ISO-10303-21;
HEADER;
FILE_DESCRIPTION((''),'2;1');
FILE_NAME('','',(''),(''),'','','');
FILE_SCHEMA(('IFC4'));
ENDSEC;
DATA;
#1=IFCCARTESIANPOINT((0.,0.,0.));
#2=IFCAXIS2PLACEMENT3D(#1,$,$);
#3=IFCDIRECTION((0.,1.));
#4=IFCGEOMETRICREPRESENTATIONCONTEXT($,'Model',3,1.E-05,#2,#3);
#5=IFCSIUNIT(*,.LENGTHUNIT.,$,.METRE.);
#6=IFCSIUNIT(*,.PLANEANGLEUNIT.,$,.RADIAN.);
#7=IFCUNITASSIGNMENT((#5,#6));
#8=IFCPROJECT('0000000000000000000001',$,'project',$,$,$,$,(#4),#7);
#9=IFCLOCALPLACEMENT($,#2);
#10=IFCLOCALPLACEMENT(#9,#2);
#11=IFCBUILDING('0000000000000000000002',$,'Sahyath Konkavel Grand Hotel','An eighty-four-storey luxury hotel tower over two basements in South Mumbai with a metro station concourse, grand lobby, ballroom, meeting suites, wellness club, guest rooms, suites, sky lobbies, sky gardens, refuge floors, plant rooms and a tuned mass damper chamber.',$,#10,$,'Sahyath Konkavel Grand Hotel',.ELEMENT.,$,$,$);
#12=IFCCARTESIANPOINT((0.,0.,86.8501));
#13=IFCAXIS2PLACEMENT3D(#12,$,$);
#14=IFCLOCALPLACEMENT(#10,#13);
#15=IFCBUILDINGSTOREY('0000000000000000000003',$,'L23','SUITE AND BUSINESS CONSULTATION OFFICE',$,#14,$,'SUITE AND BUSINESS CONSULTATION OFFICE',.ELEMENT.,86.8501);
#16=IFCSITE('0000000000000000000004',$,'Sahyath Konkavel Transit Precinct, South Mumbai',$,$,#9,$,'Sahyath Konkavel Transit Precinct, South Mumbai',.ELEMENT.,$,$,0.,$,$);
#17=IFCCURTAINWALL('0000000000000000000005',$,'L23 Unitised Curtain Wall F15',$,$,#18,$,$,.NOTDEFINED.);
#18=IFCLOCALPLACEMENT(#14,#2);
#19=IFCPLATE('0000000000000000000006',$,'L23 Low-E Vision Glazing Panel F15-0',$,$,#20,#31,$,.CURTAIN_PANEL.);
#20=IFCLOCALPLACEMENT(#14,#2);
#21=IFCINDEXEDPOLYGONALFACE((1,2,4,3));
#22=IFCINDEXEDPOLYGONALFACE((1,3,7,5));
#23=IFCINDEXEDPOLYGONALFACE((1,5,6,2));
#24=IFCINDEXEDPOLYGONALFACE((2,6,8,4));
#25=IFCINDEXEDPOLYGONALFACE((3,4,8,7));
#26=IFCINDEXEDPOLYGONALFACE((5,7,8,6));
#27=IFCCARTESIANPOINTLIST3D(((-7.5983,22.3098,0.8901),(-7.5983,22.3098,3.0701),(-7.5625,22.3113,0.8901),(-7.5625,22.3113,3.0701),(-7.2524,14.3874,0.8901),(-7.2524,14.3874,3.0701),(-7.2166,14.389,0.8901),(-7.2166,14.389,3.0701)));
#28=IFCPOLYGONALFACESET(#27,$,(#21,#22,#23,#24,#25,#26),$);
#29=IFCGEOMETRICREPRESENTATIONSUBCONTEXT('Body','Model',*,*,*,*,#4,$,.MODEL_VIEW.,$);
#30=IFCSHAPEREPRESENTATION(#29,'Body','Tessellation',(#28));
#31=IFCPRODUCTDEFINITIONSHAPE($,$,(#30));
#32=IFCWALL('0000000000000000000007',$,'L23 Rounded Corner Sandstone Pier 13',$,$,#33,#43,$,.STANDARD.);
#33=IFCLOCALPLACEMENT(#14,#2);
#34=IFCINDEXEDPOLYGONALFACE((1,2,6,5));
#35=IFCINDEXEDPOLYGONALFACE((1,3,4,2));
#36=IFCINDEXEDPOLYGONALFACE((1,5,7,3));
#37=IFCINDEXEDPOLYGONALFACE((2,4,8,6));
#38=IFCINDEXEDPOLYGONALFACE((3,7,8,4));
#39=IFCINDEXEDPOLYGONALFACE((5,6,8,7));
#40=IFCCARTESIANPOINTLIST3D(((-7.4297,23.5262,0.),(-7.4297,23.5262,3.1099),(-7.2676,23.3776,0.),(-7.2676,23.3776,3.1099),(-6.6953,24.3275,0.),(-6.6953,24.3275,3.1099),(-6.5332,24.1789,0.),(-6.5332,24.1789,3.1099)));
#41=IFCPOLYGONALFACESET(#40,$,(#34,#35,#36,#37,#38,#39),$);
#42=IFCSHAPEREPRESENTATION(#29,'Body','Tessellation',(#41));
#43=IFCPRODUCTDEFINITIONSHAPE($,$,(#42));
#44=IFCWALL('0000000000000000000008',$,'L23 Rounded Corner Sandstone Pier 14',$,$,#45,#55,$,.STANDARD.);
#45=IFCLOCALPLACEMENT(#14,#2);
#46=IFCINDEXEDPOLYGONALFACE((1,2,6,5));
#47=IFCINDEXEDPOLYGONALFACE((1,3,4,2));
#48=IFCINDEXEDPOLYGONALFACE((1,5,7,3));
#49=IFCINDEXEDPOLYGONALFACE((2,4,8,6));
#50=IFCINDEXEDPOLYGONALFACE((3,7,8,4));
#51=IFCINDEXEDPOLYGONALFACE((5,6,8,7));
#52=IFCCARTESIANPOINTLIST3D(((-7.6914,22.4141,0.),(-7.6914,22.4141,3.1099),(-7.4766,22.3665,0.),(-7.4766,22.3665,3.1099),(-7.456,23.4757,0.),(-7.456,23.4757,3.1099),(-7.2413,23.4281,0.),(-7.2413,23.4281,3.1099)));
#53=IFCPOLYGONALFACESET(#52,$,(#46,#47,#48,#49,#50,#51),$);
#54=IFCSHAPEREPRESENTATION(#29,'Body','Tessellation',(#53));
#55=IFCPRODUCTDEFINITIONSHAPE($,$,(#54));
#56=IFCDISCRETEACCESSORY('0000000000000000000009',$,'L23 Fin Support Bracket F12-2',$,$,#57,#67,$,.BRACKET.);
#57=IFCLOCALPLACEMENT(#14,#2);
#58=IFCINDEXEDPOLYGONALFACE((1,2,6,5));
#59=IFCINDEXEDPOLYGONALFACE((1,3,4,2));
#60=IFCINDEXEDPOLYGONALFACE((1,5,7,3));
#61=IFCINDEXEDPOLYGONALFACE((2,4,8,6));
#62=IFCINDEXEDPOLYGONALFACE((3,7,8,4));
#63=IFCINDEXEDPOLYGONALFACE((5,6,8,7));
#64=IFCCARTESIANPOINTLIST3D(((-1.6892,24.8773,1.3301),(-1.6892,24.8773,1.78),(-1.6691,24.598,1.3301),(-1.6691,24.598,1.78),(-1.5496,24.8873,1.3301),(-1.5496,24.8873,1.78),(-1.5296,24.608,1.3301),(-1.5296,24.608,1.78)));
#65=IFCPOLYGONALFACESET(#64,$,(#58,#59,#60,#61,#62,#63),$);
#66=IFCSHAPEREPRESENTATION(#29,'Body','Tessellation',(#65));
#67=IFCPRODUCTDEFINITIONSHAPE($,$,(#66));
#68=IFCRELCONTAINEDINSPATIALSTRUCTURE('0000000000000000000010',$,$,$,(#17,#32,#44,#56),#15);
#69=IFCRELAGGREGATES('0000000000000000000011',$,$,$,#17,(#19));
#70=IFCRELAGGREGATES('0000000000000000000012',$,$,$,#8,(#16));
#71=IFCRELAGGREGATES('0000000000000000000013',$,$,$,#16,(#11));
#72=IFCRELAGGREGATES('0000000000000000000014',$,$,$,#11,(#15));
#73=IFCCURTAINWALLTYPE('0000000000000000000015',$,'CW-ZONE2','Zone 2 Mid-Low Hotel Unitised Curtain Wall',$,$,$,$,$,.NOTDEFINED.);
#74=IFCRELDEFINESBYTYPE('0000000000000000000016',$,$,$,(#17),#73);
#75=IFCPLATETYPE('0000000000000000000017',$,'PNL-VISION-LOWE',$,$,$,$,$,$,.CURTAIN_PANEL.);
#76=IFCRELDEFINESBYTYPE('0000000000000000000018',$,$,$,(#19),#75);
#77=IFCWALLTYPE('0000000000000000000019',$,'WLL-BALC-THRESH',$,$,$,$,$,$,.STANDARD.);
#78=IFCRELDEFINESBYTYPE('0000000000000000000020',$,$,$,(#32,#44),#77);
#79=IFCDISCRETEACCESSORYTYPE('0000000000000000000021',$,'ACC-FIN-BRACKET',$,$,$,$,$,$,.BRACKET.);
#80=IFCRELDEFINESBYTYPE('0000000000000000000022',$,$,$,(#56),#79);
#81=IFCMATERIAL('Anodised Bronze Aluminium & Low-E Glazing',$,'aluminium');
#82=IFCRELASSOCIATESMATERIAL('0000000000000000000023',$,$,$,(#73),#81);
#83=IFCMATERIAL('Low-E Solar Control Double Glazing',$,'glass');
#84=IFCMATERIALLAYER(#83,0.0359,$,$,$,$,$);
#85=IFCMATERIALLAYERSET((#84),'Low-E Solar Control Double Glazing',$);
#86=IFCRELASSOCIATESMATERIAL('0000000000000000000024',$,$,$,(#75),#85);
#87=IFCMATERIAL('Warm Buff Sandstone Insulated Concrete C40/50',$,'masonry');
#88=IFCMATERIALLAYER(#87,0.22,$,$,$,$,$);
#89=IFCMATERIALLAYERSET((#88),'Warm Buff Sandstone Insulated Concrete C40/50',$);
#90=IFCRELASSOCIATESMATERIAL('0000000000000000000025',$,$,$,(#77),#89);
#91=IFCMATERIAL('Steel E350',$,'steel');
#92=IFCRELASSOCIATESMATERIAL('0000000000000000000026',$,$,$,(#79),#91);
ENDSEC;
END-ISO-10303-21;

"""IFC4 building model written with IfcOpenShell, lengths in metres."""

from ifc_helpers import new_model, si_unit, direction, frame, frame_2d, origin, origin_2d, place, context, subcontext, project, spatial, rectangle, extrude, source, transform, mapped, material, layer, layer_set, type_object, element, aggregate, save


model = new_model("IFC4")

# Units and contexts
model_context = context("Model", 3, precision=1e-05, world=origin(), true_north=direction((0.0, 1.0)))
body_context = subcontext(model_context, "Body", "Model", "MODEL_VIEW")
ifc_project = project(units=[si_unit("LENGTHUNIT", "METRE"), si_unit("PLANEANGLEUNIT", "RADIAN")], contexts=[model_context])

# Site, building, storey
site_placement = place(None, origin())
site = spatial("IfcSite", under=ifc_project, at=site_placement, Name="Sahyath Konkavel Transit Precinct, South Mumbai", LongName="Sahyath Konkavel Transit Precinct, South Mumbai", CompositionType="ELEMENT", RefElevation=0.0)
building_placement = place(site_placement, origin())
building = spatial("IfcBuilding", under=site, at=building_placement, Name="Sahyath Konkavel Grand Hotel", Description="An eighty-four-storey luxury hotel tower over two basements in South Mumbai with a metro station concourse, grand lobby, ballroom, meeting suites, wellness club, guest rooms, suites, sky lobbies, sky gardens, refuge floors, plant rooms and a tuned mass damper chamber.", LongName="Sahyath Konkavel Grand Hotel", CompositionType="ELEMENT")
storey_placement = place(building_placement, frame((0.0, 0.0, 86.8501)))
storey = spatial("IfcBuildingStorey", under=building, at=storey_placement, Name="L23", Description="SUITE AND BUSINESS CONSULTATION OFFICE", LongName="SUITE AND BUSINESS CONSULTATION OFFICE", CompositionType="ELEMENT", Elevation=86.8501)

# Shared definitions
ifc_material_1 = material(Name="Steel E350", Category="steel")

# Shared definitions
ifc_material_2 = material(Name="Anodised Bronze Aluminium & Low-E Glazing", Category="aluminium")
curtain_wall_type = type_object("IfcCurtainWallType", Name="CW-ZONE2", Description="Zone 2 Mid-Low Hotel Unitised Curtain Wall", PredefinedType="NOTDEFINED", material=ifc_material_2)

# Curtain wall
curtain_wall_1_placement = place(storey_placement, origin())
curtain_wall_1 = element("IfcCurtainWall", 1, at=curtain_wall_1_placement, inside=storey, type_object=curtain_wall_type, Name="L23 Unitised Curtain Wall F15", PredefinedType="NOTDEFINED")

# Plate
ifc_material_3 = material(Name="Low-E Solar Control Double Glazing", Category="glass")
ifc_layer_1 = layer(ifc_material_3, 0.0359)
ifc_layer_set_1 = layer_set([ifc_layer_1], Name="Low-E Solar Control Double Glazing")
plate_type_1 = type_object("IfcPlateType", Name="PNL-VISION-LOWE", PredefinedType="CURTAIN_PANEL", material=ifc_layer_set_1)
shared_shape_1 = source(origin(), body_context, "Body", "SweptSolid", [
    extrude(rectangle(XDim=7.9299, YDim=0.0359, at=origin_2d()), origin(), (0.0, 0.0, 1.0), 2.1799),
])
plate_1_placement = place(storey_placement, frame((-7.4075, 18.3494, 0.8901), z_axis=(0.0, 0.0, 1.0), x_axis=(0.043619, -0.999048, 0.0)))
plate_1 = element("IfcPlate", 2, at=plate_1_placement, type_object=plate_type_1, Name="L23 Low-E Vision Glazing Panel F15-0", PredefinedType="CURTAIN_PANEL", context=body_context, shape_type="MappedRepresentation", body=[
    mapped(shared_shape_1, transform((0.0, 0.0, 0.0), scale=1.0)),
])
aggregate(curtain_wall_1, [plate_1])

# Walls
ifc_material_4 = material(Name="Warm Buff Sandstone Insulated Concrete C40/50", Category="masonry")
ifc_layer_2 = layer(ifc_material_4, 0.22)
ifc_layer_set_2 = layer_set([ifc_layer_2], Name="Warm Buff Sandstone Insulated Concrete C40/50")
wall_type = type_object("IfcWallType", Name="WLL-BALC-THRESH", PredefinedType="STANDARD", material=ifc_layer_set_2)
wall_1_placement = place(storey_placement, frame((-6.6143, 24.2532, 0.0), z_axis=(0.0, 0.0, 1.0), x_axis=(-0.675664, -0.73721, 0.0)))
element("IfcWall", 3, at=wall_1_placement, inside=storey, type_object=wall_type, Name="L23 Rounded Corner Sandstone Pier 13", PredefinedType="STANDARD", context=body_context, shape_type="SweptSolid", body=[
    extrude(rectangle(XDim=1.0869, YDim=0.22, at=frame_2d((0.5435, 0.0))), origin(), (0.0, 0.0, 1.0), 3.1099),
])
wall_2_placement = place(storey_placement, frame((-7.3486, 23.4519, 0.0), z_axis=(0.0, 0.0, 1.0), x_axis=(-0.216455, -0.976293, 0.0)))
element("IfcWall", 4, at=wall_2_placement, inside=storey, type_object=wall_type, Name="L23 Rounded Corner Sandstone Pier 14", PredefinedType="STANDARD", context=body_context, shape_type="SweptSolid", body=[
    extrude(rectangle(XDim=1.0874, YDim=0.22, at=frame_2d((0.5437, 0.0))), origin(), (0.0, 0.0, 1.0), 3.1099),
])

# Discrete accessory
discrete_accessory_type = type_object("IfcDiscreteAccessoryType", Name="ACC-FIN-BRACKET", PredefinedType="BRACKET", material=ifc_material_1)
shared_shape_2 = source(origin(), body_context, "Body", "SweptSolid", [
    extrude(rectangle(XDim=0.28, YDim=0.1399, at=origin_2d()), origin(), (0.0, 0.0, 1.0), 0.45),
])
discrete_accessory_placement = place(storey_placement, frame((-1.6094, 24.7427, 1.3301), z_axis=(0.0, 0.0, 1.0), x_axis=(-0.071567, 0.997436, 0.0)))
element("IfcDiscreteAccessory", 5, at=discrete_accessory_placement, inside=storey, type_object=discrete_accessory_type, Name="L23 Fin Support Bracket F12-2", PredefinedType="BRACKET", context=body_context, shape_type="MappedRepresentation", body=[
    mapped(shared_shape_2, transform((0.0, 0.0, 0.0), scale=1.0)),
])

save(model, "model.ifc")
